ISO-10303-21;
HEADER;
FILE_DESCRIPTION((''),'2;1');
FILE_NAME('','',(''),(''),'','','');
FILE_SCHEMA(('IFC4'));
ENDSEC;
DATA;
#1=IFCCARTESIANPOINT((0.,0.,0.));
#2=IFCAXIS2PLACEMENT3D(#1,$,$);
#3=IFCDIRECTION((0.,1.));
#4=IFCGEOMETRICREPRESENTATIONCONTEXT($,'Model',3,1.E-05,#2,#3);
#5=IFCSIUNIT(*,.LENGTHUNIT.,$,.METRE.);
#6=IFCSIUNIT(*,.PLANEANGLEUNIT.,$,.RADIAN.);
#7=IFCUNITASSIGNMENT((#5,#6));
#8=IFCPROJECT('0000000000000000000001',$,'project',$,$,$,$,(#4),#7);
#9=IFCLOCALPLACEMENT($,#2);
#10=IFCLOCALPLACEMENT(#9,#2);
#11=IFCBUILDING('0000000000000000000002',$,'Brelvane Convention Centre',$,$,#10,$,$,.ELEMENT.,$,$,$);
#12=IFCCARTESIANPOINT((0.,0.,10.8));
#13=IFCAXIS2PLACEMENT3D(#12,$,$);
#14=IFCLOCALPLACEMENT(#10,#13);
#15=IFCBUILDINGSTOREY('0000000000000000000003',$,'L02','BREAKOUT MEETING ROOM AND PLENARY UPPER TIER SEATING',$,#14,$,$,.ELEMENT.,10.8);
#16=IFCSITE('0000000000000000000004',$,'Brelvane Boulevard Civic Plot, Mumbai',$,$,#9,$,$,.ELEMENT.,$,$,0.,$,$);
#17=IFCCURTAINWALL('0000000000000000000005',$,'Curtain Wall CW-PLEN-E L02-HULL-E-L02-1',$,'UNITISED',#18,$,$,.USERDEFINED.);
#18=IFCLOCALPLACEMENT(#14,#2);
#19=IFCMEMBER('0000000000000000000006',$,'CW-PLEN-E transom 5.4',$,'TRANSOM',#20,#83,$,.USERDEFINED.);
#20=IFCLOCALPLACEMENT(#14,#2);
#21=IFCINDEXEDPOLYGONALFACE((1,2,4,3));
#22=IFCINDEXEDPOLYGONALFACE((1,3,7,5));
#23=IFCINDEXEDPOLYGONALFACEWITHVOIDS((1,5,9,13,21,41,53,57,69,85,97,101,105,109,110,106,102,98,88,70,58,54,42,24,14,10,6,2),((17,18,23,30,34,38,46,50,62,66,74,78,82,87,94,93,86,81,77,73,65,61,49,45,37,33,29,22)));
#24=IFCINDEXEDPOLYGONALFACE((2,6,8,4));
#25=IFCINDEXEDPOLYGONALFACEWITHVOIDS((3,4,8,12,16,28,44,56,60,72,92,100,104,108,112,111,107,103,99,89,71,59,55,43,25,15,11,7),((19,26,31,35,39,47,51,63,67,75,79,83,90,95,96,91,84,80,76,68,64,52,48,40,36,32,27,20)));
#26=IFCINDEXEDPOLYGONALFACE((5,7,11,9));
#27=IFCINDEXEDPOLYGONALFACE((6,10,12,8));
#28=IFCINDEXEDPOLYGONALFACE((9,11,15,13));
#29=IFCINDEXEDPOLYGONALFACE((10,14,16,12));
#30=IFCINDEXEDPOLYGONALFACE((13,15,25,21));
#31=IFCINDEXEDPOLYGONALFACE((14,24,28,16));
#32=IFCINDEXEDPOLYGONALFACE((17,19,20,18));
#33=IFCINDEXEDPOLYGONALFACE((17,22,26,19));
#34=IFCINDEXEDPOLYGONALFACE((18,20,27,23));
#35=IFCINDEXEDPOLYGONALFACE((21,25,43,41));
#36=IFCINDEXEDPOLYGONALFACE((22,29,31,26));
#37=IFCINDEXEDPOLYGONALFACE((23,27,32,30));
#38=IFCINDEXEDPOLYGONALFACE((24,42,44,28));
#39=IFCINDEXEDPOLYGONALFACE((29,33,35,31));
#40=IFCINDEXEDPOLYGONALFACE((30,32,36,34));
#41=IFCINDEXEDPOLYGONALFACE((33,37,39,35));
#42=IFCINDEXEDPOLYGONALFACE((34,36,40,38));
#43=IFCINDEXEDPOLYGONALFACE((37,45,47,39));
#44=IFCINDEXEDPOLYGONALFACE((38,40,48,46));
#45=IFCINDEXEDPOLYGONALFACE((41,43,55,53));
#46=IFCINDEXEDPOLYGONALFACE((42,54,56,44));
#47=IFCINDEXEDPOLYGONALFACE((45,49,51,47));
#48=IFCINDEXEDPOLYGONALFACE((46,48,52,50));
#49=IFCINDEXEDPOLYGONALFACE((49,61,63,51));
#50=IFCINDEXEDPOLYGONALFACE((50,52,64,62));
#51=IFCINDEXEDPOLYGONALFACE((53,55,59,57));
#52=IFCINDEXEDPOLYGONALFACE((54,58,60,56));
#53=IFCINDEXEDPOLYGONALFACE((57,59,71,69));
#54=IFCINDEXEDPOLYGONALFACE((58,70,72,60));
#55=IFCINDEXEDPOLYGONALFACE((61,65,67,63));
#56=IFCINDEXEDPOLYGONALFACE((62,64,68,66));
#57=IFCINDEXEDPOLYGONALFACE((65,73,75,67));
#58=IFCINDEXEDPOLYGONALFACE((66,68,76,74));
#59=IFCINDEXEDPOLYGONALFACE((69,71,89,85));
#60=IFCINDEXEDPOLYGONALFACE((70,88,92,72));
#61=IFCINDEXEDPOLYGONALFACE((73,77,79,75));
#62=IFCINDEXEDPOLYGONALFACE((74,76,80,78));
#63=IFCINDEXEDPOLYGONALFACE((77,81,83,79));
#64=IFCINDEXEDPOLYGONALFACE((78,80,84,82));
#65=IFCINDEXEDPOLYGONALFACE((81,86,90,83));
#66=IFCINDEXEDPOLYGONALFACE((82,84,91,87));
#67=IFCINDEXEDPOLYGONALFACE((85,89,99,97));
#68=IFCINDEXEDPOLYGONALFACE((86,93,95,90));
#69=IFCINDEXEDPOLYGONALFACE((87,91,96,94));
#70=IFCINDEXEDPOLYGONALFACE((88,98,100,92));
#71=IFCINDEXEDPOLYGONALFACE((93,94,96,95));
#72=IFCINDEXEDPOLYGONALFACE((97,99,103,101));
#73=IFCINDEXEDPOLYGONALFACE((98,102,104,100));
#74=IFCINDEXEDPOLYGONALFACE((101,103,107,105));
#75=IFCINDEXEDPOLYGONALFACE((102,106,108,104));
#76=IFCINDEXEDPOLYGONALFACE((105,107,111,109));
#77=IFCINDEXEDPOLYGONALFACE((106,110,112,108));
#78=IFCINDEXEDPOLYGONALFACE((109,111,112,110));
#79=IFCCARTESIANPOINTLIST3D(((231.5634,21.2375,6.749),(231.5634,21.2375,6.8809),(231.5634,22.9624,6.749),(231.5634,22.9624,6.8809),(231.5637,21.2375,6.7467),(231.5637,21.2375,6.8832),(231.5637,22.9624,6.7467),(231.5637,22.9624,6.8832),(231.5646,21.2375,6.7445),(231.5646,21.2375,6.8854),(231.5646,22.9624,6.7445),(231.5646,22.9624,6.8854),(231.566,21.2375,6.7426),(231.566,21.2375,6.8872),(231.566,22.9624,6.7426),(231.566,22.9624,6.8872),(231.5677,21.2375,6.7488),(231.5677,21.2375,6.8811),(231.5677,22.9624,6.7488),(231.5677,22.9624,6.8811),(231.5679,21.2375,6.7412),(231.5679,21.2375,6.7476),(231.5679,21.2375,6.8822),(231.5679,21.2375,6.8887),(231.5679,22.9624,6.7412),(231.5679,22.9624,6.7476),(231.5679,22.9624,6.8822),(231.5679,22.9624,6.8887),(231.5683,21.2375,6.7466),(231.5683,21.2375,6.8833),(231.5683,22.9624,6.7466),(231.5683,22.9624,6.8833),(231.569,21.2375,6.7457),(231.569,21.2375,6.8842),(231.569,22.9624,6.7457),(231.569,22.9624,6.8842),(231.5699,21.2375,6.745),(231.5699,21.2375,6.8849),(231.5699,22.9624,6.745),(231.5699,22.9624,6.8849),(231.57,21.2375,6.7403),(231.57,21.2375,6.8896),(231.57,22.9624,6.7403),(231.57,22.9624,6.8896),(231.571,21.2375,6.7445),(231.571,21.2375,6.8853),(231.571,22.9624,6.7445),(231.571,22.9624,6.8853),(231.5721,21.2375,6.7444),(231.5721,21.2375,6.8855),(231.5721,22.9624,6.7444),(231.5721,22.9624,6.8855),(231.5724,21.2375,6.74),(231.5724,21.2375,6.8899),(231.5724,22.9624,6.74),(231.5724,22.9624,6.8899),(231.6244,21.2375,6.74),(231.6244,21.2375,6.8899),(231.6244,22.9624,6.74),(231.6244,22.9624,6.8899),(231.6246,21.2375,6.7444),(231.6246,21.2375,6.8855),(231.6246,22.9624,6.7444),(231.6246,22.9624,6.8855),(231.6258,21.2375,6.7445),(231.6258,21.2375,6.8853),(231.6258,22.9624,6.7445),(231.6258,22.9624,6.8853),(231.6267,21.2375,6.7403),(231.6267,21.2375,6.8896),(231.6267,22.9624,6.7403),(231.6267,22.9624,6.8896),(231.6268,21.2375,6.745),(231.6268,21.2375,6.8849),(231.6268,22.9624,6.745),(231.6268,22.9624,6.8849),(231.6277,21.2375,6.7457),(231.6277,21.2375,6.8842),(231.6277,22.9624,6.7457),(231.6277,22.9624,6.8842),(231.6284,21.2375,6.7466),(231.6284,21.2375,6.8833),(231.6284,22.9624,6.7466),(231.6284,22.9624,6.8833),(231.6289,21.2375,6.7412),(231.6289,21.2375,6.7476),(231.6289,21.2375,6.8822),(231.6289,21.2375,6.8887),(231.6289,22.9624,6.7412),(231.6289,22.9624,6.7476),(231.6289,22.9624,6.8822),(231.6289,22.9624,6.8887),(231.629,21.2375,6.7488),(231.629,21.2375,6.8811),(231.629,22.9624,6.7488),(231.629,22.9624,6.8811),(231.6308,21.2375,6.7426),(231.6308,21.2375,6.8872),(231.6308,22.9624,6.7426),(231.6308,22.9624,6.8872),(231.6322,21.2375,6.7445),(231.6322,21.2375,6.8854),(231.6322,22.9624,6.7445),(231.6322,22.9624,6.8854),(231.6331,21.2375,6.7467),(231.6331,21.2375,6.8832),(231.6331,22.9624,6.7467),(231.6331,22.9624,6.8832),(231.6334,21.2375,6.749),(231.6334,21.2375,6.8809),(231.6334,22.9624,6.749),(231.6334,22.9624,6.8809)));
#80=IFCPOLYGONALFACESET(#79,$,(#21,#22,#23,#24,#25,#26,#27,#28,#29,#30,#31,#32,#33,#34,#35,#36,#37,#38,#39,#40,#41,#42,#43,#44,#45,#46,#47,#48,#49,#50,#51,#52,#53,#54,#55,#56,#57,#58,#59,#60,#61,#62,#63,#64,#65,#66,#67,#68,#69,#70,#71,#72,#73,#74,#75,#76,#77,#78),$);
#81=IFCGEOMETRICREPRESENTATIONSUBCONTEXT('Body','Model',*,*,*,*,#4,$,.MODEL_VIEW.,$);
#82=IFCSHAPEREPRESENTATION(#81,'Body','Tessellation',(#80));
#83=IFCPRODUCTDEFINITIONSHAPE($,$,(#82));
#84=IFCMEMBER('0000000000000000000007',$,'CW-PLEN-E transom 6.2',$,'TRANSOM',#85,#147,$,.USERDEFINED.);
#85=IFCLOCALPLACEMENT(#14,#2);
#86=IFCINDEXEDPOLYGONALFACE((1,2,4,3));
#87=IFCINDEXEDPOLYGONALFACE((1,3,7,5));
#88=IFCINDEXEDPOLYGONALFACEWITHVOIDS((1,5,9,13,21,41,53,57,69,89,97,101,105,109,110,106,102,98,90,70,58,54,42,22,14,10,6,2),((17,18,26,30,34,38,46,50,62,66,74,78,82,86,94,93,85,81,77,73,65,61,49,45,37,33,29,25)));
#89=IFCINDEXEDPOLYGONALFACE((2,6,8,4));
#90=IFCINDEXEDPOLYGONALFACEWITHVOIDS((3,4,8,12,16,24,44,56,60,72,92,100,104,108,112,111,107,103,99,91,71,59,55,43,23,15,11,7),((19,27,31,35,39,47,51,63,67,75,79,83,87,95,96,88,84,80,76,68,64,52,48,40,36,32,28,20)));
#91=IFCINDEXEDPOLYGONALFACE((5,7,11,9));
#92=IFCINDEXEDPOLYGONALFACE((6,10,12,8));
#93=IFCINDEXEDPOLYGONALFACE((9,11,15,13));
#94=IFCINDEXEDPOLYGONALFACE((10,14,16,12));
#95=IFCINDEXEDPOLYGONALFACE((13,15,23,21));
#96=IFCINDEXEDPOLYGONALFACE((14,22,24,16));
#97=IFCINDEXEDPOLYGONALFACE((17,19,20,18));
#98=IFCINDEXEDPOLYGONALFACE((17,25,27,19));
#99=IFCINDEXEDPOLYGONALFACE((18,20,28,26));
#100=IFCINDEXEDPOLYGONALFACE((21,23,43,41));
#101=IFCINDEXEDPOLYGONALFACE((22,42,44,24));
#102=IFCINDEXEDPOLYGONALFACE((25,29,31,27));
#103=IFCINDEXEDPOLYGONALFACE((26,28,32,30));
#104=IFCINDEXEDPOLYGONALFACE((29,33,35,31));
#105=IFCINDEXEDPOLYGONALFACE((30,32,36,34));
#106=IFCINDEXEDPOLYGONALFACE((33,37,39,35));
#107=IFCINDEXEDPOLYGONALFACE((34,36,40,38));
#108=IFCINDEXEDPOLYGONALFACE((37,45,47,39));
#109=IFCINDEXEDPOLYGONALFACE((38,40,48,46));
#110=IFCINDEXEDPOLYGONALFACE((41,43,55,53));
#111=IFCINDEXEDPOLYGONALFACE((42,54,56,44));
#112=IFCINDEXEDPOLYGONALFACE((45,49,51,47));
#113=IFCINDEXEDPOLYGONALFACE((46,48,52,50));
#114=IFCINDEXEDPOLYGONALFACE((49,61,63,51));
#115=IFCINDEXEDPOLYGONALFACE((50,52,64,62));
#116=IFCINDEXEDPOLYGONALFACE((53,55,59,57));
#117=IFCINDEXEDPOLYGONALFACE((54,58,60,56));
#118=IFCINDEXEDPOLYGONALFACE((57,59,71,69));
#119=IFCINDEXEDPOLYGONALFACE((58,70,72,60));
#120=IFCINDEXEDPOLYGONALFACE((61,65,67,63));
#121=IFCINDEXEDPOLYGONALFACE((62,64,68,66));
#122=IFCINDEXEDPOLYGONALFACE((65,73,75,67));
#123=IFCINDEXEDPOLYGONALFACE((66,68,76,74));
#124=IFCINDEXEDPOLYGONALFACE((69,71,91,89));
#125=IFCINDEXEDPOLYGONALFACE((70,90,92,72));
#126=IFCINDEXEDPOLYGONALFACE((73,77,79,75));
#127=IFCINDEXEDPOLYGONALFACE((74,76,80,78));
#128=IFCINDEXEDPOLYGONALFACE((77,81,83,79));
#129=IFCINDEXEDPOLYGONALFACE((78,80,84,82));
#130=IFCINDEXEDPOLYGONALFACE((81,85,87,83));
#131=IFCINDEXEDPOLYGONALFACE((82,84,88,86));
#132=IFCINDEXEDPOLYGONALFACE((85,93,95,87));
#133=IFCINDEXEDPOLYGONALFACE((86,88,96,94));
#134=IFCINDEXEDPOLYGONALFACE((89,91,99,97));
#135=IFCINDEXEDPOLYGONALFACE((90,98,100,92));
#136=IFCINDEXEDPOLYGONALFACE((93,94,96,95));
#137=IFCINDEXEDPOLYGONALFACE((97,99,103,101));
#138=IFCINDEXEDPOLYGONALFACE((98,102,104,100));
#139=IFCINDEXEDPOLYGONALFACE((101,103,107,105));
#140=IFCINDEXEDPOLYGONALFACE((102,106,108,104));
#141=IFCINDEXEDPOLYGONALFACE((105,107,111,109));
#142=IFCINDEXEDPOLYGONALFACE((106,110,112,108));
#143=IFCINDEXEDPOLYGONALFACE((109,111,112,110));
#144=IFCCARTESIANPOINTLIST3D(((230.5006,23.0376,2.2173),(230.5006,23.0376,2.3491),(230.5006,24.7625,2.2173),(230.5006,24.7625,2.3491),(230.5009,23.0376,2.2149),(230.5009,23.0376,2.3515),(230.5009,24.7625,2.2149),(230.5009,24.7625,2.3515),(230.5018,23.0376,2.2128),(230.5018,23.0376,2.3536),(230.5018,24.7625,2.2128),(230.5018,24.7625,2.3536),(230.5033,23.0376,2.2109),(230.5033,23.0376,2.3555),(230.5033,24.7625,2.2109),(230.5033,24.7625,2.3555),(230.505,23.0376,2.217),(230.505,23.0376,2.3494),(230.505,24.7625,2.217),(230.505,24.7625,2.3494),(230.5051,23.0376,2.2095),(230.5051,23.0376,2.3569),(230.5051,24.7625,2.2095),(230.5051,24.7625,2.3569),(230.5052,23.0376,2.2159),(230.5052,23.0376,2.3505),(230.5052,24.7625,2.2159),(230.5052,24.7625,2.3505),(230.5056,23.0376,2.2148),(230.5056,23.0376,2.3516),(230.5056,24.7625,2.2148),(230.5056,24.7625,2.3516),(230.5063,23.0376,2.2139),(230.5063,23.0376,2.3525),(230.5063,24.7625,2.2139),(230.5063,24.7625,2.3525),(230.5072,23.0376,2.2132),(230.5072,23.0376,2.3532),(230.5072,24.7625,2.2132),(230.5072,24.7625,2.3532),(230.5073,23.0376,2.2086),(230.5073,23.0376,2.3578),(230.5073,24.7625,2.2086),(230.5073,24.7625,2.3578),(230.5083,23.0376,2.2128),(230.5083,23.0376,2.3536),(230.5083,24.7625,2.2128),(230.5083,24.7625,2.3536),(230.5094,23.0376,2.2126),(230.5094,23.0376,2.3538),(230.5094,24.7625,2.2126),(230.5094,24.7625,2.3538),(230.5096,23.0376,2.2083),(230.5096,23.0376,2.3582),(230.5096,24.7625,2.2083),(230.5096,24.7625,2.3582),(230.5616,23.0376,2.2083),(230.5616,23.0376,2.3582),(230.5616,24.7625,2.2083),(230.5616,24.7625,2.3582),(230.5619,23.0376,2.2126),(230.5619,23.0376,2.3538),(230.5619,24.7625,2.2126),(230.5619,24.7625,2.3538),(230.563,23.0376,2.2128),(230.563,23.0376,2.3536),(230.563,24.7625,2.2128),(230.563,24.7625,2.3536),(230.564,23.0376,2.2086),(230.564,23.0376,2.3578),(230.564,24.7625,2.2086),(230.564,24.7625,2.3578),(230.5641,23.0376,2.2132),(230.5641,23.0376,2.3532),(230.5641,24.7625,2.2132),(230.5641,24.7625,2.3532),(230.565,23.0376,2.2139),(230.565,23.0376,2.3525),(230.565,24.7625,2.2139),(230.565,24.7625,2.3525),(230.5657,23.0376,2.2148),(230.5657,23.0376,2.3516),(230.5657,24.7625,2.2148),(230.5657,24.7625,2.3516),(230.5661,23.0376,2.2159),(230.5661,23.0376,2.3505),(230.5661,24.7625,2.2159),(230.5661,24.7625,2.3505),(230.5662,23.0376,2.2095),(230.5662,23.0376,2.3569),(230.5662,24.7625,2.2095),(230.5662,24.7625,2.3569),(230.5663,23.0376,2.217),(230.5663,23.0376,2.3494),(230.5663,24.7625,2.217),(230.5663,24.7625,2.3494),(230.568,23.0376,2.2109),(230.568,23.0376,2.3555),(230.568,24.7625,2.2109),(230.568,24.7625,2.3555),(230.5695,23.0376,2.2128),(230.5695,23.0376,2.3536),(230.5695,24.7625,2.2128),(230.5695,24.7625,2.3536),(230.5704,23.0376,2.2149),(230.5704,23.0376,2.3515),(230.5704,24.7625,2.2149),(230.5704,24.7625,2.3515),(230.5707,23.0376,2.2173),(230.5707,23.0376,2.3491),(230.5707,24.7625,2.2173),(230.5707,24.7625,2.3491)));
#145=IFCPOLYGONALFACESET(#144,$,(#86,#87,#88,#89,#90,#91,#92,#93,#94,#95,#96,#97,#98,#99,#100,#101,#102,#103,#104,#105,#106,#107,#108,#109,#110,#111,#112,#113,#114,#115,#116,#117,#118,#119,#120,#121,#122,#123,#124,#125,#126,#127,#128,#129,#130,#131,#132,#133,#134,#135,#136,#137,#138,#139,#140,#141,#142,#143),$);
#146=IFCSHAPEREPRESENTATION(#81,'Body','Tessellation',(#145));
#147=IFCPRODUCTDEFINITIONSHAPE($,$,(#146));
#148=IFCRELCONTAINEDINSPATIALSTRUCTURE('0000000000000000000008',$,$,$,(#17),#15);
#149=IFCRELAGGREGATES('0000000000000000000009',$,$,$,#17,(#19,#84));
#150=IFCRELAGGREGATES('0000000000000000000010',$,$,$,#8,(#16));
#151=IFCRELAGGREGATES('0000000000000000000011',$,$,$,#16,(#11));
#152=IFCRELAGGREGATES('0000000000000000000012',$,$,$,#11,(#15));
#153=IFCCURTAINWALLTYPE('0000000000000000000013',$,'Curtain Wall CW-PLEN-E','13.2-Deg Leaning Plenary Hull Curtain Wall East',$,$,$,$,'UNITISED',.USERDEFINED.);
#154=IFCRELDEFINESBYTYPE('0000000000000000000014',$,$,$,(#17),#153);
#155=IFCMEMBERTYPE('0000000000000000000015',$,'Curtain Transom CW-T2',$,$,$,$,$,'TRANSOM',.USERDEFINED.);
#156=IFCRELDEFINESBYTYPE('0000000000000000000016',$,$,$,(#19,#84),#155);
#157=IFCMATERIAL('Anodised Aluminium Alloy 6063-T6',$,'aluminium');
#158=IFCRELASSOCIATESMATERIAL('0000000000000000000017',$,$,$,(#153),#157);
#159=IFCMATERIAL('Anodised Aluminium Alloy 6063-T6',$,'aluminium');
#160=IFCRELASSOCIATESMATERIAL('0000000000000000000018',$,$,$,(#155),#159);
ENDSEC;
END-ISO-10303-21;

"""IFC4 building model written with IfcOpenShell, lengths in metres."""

from ifc_helpers import new_model, si_unit, direction, frame, origin, origin_2d, place, context, subcontext, project, spatial, hollow_rectangle, extrude, material, material_profile, profile_set, type_object, element, aggregate, save


model = new_model("IFC4")

# Units and contexts
model_context = context("Model", 3, precision=1e-05, world=origin(), true_north=direction((0.0, 1.0)))
body_context = subcontext(model_context, "Body", "Model", "MODEL_VIEW")
ifc_project = project(units=[si_unit("LENGTHUNIT", "METRE"), si_unit("PLANEANGLEUNIT", "RADIAN")], contexts=[model_context])

# Site, building, storey
site_placement = place(None, origin())
site = spatial("IfcSite", under=ifc_project, at=site_placement, Name="Brelvane Boulevard Civic Plot, Mumbai", CompositionType="ELEMENT", RefElevation=0.0)
building_placement = place(site_placement, origin())
building = spatial("IfcBuilding", under=site, at=building_placement, Name="Brelvane Convention Centre", CompositionType="ELEMENT")
storey_placement = place(building_placement, frame((0.0, 0.0, 10.8)))
storey = spatial("IfcBuildingStorey", under=building, at=storey_placement, Name="L02", Description="BREAKOUT MEETING ROOM AND PLENARY UPPER TIER SEATING", CompositionType="ELEMENT", Elevation=10.8)

# Curtain wall, members
ifc_material_1 = material(Name="Anodised Aluminium Alloy 6063-T6", Category="aluminium")
curtain_wall_type = type_object("IfcCurtainWallType", Name="Curtain Wall CW-PLEN-E", Description="13.2-Deg Leaning Plenary Hull Curtain Wall East", ElementType="UNITISED", PredefinedType="USERDEFINED", material=ifc_material_1)
curtain_wall_1_placement = place(storey_placement, origin())
curtain_wall_1 = element("IfcCurtainWall", 1, at=curtain_wall_1_placement, inside=storey, type_object=curtain_wall_type, Name="Curtain Wall CW-PLEN-E L02-HULL-E-L02-1", ObjectType="UNITISED", PredefinedType="USERDEFINED")
ifc_material_2 = material(Name="Anodised Aluminium Alloy 6063-T6", Category="aluminium")
ifc_material_profile = material_profile(ifc_material_2, hollow_rectangle(XDim=0.0701, YDim=0.1499, WallThickness=0.0044, InnerFilletRadius=0.0044, OuterFilletRadius=0.009, at=origin_2d()), Name="ALU-T 150x70x4.5")
ifc_profile_set = profile_set([ifc_material_profile], Name="Anodised Aluminium Alloy 6063-T6")
member_type = type_object("IfcMemberType", Name="Curtain Transom CW-T2", ElementType="TRANSOM", PredefinedType="USERDEFINED", material=ifc_profile_set)
member_1_placement = place(storey_placement, frame((231.5984, 21.2375, 6.8149), z_axis=(0.0, 1.0, 0.0), x_axis=(-1.0, 0.0, 0.0)))
member_1 = element("IfcMember", 2, at=member_1_placement, type_object=member_type, Name="CW-PLEN-E transom 5.4", ObjectType="TRANSOM", PredefinedType="USERDEFINED", context=body_context, shape_type="SweptSolid", body=[
    extrude(hollow_rectangle(XDim=0.0701, YDim=0.1499, WallThickness=0.0044, InnerFilletRadius=0.0044, OuterFilletRadius=0.009, at=origin_2d()), origin(), (0.0, 0.0, 1.0), 1.7249),
])
member_2_placement = place(storey_placement, frame((230.5356, 23.0376, 2.2832), z_axis=(0.0, 1.0, 0.0), x_axis=(-1.0, 0.0, 0.0)))
member_2 = element("IfcMember", 3, at=member_2_placement, type_object=member_type, Name="CW-PLEN-E transom 6.2", ObjectType="TRANSOM", PredefinedType="USERDEFINED", context=body_context, shape_type="SweptSolid", body=[
    extrude(hollow_rectangle(XDim=0.0701, YDim=0.1499, WallThickness=0.0044, InnerFilletRadius=0.0044, OuterFilletRadius=0.009, at=origin_2d()), origin(), (0.0, 0.0, 1.0), 1.7249),
])

aggregate(curtain_wall_1, [member_1, member_2])

save(model, "model.ifc")
